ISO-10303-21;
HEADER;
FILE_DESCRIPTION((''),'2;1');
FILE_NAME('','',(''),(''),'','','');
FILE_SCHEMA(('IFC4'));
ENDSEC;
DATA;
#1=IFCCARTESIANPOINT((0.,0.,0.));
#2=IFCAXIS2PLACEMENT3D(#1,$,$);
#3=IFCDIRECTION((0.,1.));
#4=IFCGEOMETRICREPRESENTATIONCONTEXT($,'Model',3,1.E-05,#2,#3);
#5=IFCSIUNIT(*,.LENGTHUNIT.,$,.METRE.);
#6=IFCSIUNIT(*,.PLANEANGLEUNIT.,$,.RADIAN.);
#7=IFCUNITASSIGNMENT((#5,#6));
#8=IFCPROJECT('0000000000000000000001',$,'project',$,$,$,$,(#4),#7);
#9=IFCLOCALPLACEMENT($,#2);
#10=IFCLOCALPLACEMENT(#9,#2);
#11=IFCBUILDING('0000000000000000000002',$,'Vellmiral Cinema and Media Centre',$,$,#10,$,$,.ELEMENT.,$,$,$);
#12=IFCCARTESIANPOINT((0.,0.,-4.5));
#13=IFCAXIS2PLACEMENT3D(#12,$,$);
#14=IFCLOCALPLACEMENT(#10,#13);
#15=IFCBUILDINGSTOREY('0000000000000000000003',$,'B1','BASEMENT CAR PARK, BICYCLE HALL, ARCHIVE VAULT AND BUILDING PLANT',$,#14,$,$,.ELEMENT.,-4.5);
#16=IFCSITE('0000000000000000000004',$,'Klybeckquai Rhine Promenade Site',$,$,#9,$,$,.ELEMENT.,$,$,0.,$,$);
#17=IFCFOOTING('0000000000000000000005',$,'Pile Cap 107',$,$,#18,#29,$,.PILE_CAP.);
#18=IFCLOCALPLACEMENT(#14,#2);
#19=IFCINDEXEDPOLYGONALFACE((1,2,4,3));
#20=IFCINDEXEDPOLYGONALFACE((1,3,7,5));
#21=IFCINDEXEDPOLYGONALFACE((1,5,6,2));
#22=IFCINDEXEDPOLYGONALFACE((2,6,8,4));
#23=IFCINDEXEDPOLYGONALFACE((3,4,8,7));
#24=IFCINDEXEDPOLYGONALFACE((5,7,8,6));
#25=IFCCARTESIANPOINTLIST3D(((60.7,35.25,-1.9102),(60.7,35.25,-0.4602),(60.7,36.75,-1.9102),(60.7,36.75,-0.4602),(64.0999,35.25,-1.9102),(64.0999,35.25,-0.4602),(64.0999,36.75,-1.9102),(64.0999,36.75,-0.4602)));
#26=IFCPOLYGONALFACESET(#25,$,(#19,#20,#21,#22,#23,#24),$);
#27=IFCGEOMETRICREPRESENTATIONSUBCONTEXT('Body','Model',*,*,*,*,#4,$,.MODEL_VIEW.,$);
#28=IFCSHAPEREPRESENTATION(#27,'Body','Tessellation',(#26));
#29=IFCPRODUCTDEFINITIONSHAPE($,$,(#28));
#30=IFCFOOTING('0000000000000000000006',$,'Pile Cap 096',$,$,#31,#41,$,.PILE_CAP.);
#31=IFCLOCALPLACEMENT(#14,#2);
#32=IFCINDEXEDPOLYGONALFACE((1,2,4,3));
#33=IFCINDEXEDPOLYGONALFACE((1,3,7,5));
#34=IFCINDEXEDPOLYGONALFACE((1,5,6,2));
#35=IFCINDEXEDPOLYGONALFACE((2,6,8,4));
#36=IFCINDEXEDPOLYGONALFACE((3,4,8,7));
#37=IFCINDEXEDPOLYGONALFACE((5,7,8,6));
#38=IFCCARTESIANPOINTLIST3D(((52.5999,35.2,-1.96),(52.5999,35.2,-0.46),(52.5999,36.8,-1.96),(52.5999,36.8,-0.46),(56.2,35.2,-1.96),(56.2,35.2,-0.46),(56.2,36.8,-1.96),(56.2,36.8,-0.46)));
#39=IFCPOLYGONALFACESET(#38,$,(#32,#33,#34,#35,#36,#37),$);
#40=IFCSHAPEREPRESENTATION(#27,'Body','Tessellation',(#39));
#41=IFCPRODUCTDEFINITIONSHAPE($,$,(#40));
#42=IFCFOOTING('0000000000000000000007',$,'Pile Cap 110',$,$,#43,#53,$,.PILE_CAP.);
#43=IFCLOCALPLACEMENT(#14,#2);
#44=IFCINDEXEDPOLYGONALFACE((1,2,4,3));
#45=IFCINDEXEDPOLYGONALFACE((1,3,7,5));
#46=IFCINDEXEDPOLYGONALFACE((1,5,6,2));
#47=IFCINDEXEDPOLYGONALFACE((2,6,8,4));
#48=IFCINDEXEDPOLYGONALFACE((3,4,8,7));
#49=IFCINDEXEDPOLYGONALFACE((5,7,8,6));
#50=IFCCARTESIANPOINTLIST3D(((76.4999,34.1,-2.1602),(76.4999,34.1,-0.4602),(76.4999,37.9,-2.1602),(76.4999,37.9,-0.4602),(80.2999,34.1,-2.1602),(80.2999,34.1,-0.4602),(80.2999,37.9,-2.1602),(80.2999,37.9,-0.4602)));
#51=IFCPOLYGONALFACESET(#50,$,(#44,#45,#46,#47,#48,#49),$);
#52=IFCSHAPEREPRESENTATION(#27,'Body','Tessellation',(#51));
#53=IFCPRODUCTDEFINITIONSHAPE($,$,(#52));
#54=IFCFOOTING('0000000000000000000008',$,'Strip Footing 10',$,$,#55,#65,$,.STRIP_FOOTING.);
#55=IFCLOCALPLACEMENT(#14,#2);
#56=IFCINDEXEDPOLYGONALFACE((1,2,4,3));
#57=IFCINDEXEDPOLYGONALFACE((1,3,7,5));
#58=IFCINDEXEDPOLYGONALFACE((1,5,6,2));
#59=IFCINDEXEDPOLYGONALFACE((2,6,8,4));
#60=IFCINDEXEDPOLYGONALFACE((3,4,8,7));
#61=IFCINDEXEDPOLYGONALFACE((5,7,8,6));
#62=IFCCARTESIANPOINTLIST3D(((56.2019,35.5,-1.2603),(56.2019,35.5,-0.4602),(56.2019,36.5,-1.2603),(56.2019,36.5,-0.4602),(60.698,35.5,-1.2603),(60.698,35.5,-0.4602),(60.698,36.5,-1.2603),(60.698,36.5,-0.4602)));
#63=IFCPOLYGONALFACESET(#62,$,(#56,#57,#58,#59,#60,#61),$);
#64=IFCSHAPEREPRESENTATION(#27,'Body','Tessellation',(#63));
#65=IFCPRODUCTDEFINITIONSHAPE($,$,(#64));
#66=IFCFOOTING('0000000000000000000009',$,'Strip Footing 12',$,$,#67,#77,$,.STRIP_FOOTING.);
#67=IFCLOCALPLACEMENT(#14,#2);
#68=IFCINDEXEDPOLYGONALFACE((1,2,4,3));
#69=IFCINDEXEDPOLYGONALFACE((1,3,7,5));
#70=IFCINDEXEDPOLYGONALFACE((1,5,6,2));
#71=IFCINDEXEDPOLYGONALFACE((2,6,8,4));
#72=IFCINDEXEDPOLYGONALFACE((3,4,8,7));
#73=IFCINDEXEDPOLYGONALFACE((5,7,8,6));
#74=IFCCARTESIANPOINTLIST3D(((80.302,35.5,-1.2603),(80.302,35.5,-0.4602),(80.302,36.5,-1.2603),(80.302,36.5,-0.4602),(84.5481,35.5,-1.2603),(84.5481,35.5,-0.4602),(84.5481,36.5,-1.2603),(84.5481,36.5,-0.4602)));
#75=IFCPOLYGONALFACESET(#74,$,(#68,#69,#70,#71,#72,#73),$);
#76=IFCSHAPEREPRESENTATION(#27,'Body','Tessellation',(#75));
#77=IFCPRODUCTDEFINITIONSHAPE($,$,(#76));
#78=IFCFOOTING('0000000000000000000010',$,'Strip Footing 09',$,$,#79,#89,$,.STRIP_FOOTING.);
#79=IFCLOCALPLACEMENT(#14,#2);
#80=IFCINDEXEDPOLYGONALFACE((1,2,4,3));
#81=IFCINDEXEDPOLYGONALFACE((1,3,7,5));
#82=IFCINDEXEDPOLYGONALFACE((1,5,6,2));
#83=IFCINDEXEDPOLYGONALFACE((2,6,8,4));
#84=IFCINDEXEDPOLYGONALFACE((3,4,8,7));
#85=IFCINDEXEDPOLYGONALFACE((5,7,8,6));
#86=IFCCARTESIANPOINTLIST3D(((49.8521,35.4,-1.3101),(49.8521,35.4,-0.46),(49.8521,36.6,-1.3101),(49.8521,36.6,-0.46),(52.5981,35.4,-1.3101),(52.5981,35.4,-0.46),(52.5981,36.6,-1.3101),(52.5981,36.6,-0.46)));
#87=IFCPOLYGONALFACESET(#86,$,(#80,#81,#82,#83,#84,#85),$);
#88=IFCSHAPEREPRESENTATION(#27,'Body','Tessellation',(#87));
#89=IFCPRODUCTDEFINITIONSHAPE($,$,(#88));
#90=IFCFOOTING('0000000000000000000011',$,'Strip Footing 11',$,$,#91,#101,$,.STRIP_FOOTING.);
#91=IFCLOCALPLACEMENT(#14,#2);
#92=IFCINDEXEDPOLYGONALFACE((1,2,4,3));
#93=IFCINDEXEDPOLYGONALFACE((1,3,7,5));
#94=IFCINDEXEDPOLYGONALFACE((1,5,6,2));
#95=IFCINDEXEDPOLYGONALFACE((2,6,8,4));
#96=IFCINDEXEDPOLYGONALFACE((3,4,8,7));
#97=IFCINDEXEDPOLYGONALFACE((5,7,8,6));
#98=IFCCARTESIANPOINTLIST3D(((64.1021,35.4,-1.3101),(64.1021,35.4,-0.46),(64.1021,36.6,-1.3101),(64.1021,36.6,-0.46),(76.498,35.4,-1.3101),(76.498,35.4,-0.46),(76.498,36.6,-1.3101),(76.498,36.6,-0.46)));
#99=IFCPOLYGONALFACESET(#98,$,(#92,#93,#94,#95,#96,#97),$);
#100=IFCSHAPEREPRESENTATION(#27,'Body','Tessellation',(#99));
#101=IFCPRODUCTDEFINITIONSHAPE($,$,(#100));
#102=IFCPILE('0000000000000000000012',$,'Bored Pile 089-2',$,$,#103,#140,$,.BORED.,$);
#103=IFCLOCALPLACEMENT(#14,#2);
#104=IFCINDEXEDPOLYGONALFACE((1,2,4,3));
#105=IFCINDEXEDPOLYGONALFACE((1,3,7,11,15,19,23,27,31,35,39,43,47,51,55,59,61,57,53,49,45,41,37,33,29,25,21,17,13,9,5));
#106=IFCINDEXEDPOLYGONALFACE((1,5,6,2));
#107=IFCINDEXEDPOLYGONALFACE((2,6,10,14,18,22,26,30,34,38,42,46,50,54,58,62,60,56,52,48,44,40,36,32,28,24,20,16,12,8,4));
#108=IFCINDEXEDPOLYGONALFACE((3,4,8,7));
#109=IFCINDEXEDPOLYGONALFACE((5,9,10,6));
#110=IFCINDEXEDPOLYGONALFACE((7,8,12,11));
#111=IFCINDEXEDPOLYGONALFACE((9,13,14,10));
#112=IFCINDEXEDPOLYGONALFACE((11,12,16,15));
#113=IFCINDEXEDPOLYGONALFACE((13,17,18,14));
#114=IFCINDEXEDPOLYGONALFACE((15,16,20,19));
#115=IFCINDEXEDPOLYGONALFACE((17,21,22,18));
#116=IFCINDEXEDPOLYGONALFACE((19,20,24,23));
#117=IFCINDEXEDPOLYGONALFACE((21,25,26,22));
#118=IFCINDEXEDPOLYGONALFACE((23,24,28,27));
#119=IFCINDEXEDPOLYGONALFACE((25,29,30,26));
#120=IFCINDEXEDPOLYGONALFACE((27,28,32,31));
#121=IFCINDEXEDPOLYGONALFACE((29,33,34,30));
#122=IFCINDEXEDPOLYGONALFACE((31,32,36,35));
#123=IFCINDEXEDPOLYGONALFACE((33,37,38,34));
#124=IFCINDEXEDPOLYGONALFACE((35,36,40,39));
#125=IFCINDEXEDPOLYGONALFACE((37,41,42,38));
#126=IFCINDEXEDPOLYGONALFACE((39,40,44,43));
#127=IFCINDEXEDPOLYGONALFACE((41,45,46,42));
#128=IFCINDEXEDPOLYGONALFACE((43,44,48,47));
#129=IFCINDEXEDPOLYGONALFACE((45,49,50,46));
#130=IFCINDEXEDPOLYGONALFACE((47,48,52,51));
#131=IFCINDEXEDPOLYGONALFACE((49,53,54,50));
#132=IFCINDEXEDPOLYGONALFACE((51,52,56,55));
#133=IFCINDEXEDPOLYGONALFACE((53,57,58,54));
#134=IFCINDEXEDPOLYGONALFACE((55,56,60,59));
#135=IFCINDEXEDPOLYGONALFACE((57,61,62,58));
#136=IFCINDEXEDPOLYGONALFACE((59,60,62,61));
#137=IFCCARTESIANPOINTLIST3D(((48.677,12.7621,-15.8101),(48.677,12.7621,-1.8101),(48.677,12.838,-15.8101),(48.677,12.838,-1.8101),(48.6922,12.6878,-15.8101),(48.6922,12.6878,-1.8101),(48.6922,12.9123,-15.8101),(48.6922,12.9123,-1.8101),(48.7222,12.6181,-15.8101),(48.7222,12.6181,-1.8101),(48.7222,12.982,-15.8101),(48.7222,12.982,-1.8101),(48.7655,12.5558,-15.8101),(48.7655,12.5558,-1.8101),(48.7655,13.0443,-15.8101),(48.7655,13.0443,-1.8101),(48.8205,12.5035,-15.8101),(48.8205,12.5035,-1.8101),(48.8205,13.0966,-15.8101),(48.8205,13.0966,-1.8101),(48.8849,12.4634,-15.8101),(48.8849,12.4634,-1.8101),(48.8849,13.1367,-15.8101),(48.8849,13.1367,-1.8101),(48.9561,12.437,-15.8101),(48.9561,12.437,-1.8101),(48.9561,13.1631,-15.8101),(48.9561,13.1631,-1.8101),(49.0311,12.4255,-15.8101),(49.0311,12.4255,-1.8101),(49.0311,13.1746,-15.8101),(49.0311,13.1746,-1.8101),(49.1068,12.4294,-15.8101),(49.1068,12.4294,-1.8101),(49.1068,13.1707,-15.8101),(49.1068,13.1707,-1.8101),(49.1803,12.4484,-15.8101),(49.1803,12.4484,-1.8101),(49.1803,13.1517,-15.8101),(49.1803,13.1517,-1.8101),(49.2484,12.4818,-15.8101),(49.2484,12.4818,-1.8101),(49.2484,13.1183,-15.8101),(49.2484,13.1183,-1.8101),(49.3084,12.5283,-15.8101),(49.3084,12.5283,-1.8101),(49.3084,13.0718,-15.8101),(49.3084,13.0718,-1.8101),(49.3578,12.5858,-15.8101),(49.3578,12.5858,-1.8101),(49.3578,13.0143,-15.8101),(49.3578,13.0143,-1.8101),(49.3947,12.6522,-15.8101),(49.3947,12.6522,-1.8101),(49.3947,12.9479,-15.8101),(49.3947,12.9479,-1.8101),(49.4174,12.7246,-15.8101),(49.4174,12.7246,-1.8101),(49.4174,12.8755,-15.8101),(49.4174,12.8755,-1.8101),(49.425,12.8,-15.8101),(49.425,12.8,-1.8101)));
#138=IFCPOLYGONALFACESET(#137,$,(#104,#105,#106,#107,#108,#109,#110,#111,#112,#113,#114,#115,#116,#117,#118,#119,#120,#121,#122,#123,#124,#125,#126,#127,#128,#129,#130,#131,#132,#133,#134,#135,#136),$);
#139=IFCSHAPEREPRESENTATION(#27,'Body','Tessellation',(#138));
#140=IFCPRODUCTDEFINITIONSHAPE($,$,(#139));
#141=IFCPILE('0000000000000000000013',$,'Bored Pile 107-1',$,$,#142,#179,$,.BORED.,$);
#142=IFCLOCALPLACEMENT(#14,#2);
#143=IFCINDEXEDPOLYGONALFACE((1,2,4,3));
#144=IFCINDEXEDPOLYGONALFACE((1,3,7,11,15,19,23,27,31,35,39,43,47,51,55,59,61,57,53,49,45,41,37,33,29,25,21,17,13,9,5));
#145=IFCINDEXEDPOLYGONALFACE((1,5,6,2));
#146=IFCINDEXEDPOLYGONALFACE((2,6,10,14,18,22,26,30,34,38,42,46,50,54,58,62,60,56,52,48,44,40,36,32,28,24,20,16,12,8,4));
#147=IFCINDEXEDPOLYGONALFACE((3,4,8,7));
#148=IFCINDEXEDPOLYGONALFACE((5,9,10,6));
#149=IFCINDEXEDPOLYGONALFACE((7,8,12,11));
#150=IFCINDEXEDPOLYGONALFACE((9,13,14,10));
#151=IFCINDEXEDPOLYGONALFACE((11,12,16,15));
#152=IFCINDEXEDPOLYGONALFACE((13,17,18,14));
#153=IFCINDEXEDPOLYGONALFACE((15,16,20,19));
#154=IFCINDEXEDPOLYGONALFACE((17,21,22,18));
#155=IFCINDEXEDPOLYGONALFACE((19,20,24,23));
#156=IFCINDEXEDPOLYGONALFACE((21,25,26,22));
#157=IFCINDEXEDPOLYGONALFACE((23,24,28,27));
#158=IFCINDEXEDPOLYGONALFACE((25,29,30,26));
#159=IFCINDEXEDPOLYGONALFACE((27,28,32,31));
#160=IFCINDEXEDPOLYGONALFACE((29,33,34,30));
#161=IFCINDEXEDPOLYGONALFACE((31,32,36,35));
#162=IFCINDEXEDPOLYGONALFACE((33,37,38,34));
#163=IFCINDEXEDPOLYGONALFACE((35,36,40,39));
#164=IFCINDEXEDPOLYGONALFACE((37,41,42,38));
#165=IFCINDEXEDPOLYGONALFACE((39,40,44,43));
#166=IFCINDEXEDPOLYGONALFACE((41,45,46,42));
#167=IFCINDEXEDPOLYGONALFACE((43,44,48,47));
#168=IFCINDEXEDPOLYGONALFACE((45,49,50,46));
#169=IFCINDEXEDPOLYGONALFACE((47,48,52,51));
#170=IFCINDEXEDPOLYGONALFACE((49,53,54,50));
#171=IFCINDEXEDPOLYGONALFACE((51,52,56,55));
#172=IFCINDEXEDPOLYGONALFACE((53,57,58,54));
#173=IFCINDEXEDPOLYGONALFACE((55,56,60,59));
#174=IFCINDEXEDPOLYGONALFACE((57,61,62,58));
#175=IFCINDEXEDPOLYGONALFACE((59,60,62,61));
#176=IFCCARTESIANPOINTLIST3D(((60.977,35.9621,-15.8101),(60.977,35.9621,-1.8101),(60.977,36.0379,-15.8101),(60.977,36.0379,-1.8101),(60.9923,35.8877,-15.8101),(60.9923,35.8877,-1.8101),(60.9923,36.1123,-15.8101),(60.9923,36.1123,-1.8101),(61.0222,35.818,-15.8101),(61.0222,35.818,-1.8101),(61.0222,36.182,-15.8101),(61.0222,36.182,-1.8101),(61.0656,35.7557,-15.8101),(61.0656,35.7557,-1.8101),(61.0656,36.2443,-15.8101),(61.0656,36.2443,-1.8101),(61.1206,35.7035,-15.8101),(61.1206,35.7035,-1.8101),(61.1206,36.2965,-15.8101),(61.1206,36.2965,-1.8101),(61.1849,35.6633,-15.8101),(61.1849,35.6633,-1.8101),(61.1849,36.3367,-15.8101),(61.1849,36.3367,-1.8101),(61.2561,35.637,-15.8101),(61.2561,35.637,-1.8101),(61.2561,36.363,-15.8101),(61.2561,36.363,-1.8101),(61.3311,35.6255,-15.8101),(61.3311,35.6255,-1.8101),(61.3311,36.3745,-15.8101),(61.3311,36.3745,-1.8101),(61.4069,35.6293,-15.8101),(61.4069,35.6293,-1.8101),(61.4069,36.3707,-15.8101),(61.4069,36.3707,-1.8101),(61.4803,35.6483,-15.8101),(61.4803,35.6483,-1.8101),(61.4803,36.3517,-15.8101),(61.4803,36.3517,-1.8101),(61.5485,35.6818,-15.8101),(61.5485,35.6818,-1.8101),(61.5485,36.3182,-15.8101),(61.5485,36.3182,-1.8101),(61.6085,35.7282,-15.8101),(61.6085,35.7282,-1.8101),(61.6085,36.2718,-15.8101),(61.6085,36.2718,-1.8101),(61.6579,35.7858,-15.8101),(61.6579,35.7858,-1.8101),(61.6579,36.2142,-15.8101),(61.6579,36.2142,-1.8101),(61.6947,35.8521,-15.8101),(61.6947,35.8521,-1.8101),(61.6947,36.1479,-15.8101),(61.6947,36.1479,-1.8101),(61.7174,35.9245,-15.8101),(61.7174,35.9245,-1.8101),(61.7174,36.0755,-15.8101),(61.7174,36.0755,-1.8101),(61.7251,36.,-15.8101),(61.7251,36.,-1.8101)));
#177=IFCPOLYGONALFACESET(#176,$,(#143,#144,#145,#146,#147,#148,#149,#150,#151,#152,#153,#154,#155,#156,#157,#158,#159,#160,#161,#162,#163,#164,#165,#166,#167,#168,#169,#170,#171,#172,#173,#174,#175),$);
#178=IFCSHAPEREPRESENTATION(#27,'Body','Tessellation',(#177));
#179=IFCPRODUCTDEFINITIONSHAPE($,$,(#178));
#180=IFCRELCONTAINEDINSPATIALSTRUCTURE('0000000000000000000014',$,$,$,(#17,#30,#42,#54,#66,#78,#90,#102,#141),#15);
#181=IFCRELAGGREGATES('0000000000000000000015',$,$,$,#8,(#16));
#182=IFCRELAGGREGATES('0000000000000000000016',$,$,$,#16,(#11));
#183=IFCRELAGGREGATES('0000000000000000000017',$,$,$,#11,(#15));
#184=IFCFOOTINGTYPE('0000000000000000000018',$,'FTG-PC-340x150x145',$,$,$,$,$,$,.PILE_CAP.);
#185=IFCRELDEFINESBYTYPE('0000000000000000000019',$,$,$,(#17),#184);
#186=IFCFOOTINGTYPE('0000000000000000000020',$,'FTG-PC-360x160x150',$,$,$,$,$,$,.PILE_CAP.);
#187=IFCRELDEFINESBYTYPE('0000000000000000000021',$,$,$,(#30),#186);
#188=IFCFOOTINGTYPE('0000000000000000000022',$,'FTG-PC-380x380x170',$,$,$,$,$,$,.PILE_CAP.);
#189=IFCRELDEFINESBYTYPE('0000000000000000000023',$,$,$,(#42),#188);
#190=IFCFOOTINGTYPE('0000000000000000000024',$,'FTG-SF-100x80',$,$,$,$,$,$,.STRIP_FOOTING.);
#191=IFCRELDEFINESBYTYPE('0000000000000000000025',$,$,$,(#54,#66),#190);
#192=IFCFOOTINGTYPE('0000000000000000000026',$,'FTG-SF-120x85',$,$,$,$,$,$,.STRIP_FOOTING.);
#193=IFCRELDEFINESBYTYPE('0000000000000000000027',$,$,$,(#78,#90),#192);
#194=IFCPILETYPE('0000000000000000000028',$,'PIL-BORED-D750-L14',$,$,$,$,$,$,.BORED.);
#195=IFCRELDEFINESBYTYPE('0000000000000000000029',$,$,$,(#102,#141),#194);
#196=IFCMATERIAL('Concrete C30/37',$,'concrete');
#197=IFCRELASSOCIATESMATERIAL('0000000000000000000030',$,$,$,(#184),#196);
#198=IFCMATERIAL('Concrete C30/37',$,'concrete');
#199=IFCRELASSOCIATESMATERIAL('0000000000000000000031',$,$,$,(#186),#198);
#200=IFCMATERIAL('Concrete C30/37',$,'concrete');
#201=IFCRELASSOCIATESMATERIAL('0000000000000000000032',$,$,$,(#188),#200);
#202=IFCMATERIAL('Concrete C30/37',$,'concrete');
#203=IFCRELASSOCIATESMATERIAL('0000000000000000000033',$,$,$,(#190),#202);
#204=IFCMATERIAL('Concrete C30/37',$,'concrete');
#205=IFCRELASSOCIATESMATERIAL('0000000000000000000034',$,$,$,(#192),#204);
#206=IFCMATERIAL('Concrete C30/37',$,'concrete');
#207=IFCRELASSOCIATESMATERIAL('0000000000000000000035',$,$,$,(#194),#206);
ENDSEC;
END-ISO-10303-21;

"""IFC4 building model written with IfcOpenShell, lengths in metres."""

from ifc_helpers import new_model, si_unit, direction, frame, origin, origin_2d, place, context, subcontext, project, spatial, rectangle, circle, extrude, material, material_profile, profile_set, type_object, element, save


model = new_model("IFC4")

# Units and contexts
model_context = context("Model", 3, precision=1e-05, world=origin(), true_north=direction((0.0, 1.0)))
body_context = subcontext(model_context, "Body", "Model", "MODEL_VIEW")
ifc_project = project(units=[si_unit("LENGTHUNIT", "METRE"), si_unit("PLANEANGLEUNIT", "RADIAN")], contexts=[model_context])

# Site, building, storey
site_placement = place(None, origin())
site = spatial("IfcSite", under=ifc_project, at=site_placement, Name="Klybeckquai Rhine Promenade Site", CompositionType="ELEMENT", RefElevation=0.0)
building_placement = place(site_placement, origin())
building = spatial("IfcBuilding", under=site, at=building_placement, Name="Vellmiral Cinema and Media Centre", CompositionType="ELEMENT")
storey_placement = place(building_placement, frame((0.0, 0.0, -4.5)))
storey = spatial("IfcBuildingStorey", under=building, at=storey_placement, Name="B1", Description="BASEMENT CAR PARK, BICYCLE HALL, ARCHIVE VAULT AND BUILDING PLANT", CompositionType="ELEMENT", Elevation=-4.5)

# Footings
ifc_material_1 = material(Name="Concrete C30/37", Category="concrete")
footing_type_1 = type_object("IfcFootingType", Name="FTG-PC-340x150x145", PredefinedType="PILE_CAP", material=ifc_material_1)
footing_1_placement = place(storey_placement, frame((62.3999, 36.0, -1.9102), z_axis=(0.0, 0.0, 1.0), x_axis=(1.0, 0.0, 0.0)))
element("IfcFooting", 1, at=footing_1_placement, inside=storey, type_object=footing_type_1, Name="Pile Cap 107", PredefinedType="PILE_CAP", context=body_context, shape_type="SweptSolid", body=[
    extrude(rectangle(XDim=3.3999, YDim=1.5, at=origin_2d()), origin(), (0.0, 0.0, 1.0), 1.45),
])
ifc_material_2 = material(Name="Concrete C30/37", Category="concrete")
footing_type_2 = type_object("IfcFootingType", Name="FTG-PC-360x160x150", PredefinedType="PILE_CAP", material=ifc_material_2)
footing_2_placement = place(storey_placement, frame((54.3999, 36.0, -1.96), z_axis=(0.0, 0.0, 1.0), x_axis=(1.0, 0.0, 0.0)))
element("IfcFooting", 2, at=footing_2_placement, inside=storey, type_object=footing_type_2, Name="Pile Cap 096", PredefinedType="PILE_CAP", context=body_context, shape_type="SweptSolid", body=[
    extrude(rectangle(XDim=3.6001, YDim=1.6001, at=origin_2d()), origin(), (0.0, 0.0, 1.0), 1.5),
])
ifc_material_3 = material(Name="Concrete C30/37", Category="concrete")
footing_type_3 = type_object("IfcFootingType", Name="FTG-PC-380x380x170", PredefinedType="PILE_CAP", material=ifc_material_3)
footing_3_placement = place(storey_placement, frame((78.3999, 36.0, -2.1602), z_axis=(0.0, 0.0, 1.0), x_axis=(1.0, 0.0, 0.0)))
element("IfcFooting", 3, at=footing_3_placement, inside=storey, type_object=footing_type_3, Name="Pile Cap 110", PredefinedType="PILE_CAP", context=body_context, shape_type="SweptSolid", body=[
    extrude(rectangle(XDim=3.8, YDim=3.8, at=origin_2d()), origin(), (0.0, 0.0, 1.0), 1.7),
])
ifc_material_4 = material(Name="Concrete C30/37", Category="concrete")
footing_type_4 = type_object("IfcFootingType", Name="FTG-SF-100x80", PredefinedType="STRIP_FOOTING", material=ifc_material_4)
footing_4_placement = place(storey_placement, frame((58.45, 36.0, -1.2603), z_axis=(0.0, 0.0, 1.0), x_axis=(1.0, 0.0, 0.0)))
element("IfcFooting", 4, at=footing_4_placement, inside=storey, type_object=footing_type_4, Name="Strip Footing 10", PredefinedType="STRIP_FOOTING", context=body_context, shape_type="SweptSolid", body=[
    extrude(rectangle(XDim=4.4961, YDim=1.0, at=origin_2d()), origin(), (0.0, 0.0, 1.0), 0.8),
])
footing_5_placement = place(storey_placement, frame((82.425, 36.0, -1.2603), z_axis=(0.0, 0.0, 1.0), x_axis=(1.0, 0.0, 0.0)))
element("IfcFooting", 5, at=footing_5_placement, inside=storey, type_object=footing_type_4, Name="Strip Footing 12", PredefinedType="STRIP_FOOTING", context=body_context, shape_type="SweptSolid", body=[
    extrude(rectangle(XDim=4.2461, YDim=1.0, at=origin_2d()), origin(), (0.0, 0.0, 1.0), 0.8),
])
ifc_material_5 = material(Name="Concrete C30/37", Category="concrete")
footing_type_5 = type_object("IfcFootingType", Name="FTG-SF-120x85", PredefinedType="STRIP_FOOTING", material=ifc_material_5)
footing_6_placement = place(storey_placement, frame((51.2251, 36.0, -1.3101), z_axis=(0.0, 0.0, 1.0), x_axis=(1.0, 0.0, 0.0)))
element("IfcFooting", 6, at=footing_6_placement, inside=storey, type_object=footing_type_5, Name="Strip Footing 09", PredefinedType="STRIP_FOOTING", context=body_context, shape_type="SweptSolid", body=[
    extrude(rectangle(XDim=2.7461, YDim=1.2, at=origin_2d()), origin(), (0.0, 0.0, 1.0), 0.8501),
])
footing_7_placement = place(storey_placement, frame((70.3, 36.0, -1.3101), z_axis=(0.0, 0.0, 1.0), x_axis=(1.0, 0.0, 0.0)))
element("IfcFooting", 7, at=footing_7_placement, inside=storey, type_object=footing_type_5, Name="Strip Footing 11", PredefinedType="STRIP_FOOTING", context=body_context, shape_type="SweptSolid", body=[
    extrude(rectangle(XDim=12.396, YDim=1.2, at=origin_2d()), origin(), (0.0, 0.0, 1.0), 0.8501),
])

# Piles
ifc_material_6 = material(Name="Concrete C30/37", Category="concrete")
ifc_material_profile_1 = material_profile(ifc_material_6, circle(Radius=0.375, at=origin_2d()), Name="PILE D750")
ifc_profile_set_1 = profile_set([ifc_material_profile_1], Name="Concrete C30/37")
pile_type_1 = type_object("IfcPileType", Name="PIL-BORED-D750-L14", PredefinedType="BORED", material=ifc_profile_set_1)
for number, where, z_axis, x_axis, name in (
    (8, (49.05, 12.8, -1.8101), (0.0, 0.0, -1.0), (1.0, 0.0, 0.0), "Bored Pile 089-2"),
    (9, (61.3501, 36.0, -1.8101), (0.0, 0.0, -1.0), (1.0, 0.0, 0.0), "Bored Pile 107-1"),
):
    element("IfcPile", number, at=place(storey_placement, frame(where, z_axis=z_axis, x_axis=x_axis)), inside=storey, type_object=pile_type_1, Name=name, PredefinedType="BORED", context=body_context, shape_type="SweptSolid", body=[
        extrude(circle(Radius=0.375, at=origin_2d()), origin(), (0.0, 0.0, 1.0), 14.0),
    ])

save(model, "model.ifc")
